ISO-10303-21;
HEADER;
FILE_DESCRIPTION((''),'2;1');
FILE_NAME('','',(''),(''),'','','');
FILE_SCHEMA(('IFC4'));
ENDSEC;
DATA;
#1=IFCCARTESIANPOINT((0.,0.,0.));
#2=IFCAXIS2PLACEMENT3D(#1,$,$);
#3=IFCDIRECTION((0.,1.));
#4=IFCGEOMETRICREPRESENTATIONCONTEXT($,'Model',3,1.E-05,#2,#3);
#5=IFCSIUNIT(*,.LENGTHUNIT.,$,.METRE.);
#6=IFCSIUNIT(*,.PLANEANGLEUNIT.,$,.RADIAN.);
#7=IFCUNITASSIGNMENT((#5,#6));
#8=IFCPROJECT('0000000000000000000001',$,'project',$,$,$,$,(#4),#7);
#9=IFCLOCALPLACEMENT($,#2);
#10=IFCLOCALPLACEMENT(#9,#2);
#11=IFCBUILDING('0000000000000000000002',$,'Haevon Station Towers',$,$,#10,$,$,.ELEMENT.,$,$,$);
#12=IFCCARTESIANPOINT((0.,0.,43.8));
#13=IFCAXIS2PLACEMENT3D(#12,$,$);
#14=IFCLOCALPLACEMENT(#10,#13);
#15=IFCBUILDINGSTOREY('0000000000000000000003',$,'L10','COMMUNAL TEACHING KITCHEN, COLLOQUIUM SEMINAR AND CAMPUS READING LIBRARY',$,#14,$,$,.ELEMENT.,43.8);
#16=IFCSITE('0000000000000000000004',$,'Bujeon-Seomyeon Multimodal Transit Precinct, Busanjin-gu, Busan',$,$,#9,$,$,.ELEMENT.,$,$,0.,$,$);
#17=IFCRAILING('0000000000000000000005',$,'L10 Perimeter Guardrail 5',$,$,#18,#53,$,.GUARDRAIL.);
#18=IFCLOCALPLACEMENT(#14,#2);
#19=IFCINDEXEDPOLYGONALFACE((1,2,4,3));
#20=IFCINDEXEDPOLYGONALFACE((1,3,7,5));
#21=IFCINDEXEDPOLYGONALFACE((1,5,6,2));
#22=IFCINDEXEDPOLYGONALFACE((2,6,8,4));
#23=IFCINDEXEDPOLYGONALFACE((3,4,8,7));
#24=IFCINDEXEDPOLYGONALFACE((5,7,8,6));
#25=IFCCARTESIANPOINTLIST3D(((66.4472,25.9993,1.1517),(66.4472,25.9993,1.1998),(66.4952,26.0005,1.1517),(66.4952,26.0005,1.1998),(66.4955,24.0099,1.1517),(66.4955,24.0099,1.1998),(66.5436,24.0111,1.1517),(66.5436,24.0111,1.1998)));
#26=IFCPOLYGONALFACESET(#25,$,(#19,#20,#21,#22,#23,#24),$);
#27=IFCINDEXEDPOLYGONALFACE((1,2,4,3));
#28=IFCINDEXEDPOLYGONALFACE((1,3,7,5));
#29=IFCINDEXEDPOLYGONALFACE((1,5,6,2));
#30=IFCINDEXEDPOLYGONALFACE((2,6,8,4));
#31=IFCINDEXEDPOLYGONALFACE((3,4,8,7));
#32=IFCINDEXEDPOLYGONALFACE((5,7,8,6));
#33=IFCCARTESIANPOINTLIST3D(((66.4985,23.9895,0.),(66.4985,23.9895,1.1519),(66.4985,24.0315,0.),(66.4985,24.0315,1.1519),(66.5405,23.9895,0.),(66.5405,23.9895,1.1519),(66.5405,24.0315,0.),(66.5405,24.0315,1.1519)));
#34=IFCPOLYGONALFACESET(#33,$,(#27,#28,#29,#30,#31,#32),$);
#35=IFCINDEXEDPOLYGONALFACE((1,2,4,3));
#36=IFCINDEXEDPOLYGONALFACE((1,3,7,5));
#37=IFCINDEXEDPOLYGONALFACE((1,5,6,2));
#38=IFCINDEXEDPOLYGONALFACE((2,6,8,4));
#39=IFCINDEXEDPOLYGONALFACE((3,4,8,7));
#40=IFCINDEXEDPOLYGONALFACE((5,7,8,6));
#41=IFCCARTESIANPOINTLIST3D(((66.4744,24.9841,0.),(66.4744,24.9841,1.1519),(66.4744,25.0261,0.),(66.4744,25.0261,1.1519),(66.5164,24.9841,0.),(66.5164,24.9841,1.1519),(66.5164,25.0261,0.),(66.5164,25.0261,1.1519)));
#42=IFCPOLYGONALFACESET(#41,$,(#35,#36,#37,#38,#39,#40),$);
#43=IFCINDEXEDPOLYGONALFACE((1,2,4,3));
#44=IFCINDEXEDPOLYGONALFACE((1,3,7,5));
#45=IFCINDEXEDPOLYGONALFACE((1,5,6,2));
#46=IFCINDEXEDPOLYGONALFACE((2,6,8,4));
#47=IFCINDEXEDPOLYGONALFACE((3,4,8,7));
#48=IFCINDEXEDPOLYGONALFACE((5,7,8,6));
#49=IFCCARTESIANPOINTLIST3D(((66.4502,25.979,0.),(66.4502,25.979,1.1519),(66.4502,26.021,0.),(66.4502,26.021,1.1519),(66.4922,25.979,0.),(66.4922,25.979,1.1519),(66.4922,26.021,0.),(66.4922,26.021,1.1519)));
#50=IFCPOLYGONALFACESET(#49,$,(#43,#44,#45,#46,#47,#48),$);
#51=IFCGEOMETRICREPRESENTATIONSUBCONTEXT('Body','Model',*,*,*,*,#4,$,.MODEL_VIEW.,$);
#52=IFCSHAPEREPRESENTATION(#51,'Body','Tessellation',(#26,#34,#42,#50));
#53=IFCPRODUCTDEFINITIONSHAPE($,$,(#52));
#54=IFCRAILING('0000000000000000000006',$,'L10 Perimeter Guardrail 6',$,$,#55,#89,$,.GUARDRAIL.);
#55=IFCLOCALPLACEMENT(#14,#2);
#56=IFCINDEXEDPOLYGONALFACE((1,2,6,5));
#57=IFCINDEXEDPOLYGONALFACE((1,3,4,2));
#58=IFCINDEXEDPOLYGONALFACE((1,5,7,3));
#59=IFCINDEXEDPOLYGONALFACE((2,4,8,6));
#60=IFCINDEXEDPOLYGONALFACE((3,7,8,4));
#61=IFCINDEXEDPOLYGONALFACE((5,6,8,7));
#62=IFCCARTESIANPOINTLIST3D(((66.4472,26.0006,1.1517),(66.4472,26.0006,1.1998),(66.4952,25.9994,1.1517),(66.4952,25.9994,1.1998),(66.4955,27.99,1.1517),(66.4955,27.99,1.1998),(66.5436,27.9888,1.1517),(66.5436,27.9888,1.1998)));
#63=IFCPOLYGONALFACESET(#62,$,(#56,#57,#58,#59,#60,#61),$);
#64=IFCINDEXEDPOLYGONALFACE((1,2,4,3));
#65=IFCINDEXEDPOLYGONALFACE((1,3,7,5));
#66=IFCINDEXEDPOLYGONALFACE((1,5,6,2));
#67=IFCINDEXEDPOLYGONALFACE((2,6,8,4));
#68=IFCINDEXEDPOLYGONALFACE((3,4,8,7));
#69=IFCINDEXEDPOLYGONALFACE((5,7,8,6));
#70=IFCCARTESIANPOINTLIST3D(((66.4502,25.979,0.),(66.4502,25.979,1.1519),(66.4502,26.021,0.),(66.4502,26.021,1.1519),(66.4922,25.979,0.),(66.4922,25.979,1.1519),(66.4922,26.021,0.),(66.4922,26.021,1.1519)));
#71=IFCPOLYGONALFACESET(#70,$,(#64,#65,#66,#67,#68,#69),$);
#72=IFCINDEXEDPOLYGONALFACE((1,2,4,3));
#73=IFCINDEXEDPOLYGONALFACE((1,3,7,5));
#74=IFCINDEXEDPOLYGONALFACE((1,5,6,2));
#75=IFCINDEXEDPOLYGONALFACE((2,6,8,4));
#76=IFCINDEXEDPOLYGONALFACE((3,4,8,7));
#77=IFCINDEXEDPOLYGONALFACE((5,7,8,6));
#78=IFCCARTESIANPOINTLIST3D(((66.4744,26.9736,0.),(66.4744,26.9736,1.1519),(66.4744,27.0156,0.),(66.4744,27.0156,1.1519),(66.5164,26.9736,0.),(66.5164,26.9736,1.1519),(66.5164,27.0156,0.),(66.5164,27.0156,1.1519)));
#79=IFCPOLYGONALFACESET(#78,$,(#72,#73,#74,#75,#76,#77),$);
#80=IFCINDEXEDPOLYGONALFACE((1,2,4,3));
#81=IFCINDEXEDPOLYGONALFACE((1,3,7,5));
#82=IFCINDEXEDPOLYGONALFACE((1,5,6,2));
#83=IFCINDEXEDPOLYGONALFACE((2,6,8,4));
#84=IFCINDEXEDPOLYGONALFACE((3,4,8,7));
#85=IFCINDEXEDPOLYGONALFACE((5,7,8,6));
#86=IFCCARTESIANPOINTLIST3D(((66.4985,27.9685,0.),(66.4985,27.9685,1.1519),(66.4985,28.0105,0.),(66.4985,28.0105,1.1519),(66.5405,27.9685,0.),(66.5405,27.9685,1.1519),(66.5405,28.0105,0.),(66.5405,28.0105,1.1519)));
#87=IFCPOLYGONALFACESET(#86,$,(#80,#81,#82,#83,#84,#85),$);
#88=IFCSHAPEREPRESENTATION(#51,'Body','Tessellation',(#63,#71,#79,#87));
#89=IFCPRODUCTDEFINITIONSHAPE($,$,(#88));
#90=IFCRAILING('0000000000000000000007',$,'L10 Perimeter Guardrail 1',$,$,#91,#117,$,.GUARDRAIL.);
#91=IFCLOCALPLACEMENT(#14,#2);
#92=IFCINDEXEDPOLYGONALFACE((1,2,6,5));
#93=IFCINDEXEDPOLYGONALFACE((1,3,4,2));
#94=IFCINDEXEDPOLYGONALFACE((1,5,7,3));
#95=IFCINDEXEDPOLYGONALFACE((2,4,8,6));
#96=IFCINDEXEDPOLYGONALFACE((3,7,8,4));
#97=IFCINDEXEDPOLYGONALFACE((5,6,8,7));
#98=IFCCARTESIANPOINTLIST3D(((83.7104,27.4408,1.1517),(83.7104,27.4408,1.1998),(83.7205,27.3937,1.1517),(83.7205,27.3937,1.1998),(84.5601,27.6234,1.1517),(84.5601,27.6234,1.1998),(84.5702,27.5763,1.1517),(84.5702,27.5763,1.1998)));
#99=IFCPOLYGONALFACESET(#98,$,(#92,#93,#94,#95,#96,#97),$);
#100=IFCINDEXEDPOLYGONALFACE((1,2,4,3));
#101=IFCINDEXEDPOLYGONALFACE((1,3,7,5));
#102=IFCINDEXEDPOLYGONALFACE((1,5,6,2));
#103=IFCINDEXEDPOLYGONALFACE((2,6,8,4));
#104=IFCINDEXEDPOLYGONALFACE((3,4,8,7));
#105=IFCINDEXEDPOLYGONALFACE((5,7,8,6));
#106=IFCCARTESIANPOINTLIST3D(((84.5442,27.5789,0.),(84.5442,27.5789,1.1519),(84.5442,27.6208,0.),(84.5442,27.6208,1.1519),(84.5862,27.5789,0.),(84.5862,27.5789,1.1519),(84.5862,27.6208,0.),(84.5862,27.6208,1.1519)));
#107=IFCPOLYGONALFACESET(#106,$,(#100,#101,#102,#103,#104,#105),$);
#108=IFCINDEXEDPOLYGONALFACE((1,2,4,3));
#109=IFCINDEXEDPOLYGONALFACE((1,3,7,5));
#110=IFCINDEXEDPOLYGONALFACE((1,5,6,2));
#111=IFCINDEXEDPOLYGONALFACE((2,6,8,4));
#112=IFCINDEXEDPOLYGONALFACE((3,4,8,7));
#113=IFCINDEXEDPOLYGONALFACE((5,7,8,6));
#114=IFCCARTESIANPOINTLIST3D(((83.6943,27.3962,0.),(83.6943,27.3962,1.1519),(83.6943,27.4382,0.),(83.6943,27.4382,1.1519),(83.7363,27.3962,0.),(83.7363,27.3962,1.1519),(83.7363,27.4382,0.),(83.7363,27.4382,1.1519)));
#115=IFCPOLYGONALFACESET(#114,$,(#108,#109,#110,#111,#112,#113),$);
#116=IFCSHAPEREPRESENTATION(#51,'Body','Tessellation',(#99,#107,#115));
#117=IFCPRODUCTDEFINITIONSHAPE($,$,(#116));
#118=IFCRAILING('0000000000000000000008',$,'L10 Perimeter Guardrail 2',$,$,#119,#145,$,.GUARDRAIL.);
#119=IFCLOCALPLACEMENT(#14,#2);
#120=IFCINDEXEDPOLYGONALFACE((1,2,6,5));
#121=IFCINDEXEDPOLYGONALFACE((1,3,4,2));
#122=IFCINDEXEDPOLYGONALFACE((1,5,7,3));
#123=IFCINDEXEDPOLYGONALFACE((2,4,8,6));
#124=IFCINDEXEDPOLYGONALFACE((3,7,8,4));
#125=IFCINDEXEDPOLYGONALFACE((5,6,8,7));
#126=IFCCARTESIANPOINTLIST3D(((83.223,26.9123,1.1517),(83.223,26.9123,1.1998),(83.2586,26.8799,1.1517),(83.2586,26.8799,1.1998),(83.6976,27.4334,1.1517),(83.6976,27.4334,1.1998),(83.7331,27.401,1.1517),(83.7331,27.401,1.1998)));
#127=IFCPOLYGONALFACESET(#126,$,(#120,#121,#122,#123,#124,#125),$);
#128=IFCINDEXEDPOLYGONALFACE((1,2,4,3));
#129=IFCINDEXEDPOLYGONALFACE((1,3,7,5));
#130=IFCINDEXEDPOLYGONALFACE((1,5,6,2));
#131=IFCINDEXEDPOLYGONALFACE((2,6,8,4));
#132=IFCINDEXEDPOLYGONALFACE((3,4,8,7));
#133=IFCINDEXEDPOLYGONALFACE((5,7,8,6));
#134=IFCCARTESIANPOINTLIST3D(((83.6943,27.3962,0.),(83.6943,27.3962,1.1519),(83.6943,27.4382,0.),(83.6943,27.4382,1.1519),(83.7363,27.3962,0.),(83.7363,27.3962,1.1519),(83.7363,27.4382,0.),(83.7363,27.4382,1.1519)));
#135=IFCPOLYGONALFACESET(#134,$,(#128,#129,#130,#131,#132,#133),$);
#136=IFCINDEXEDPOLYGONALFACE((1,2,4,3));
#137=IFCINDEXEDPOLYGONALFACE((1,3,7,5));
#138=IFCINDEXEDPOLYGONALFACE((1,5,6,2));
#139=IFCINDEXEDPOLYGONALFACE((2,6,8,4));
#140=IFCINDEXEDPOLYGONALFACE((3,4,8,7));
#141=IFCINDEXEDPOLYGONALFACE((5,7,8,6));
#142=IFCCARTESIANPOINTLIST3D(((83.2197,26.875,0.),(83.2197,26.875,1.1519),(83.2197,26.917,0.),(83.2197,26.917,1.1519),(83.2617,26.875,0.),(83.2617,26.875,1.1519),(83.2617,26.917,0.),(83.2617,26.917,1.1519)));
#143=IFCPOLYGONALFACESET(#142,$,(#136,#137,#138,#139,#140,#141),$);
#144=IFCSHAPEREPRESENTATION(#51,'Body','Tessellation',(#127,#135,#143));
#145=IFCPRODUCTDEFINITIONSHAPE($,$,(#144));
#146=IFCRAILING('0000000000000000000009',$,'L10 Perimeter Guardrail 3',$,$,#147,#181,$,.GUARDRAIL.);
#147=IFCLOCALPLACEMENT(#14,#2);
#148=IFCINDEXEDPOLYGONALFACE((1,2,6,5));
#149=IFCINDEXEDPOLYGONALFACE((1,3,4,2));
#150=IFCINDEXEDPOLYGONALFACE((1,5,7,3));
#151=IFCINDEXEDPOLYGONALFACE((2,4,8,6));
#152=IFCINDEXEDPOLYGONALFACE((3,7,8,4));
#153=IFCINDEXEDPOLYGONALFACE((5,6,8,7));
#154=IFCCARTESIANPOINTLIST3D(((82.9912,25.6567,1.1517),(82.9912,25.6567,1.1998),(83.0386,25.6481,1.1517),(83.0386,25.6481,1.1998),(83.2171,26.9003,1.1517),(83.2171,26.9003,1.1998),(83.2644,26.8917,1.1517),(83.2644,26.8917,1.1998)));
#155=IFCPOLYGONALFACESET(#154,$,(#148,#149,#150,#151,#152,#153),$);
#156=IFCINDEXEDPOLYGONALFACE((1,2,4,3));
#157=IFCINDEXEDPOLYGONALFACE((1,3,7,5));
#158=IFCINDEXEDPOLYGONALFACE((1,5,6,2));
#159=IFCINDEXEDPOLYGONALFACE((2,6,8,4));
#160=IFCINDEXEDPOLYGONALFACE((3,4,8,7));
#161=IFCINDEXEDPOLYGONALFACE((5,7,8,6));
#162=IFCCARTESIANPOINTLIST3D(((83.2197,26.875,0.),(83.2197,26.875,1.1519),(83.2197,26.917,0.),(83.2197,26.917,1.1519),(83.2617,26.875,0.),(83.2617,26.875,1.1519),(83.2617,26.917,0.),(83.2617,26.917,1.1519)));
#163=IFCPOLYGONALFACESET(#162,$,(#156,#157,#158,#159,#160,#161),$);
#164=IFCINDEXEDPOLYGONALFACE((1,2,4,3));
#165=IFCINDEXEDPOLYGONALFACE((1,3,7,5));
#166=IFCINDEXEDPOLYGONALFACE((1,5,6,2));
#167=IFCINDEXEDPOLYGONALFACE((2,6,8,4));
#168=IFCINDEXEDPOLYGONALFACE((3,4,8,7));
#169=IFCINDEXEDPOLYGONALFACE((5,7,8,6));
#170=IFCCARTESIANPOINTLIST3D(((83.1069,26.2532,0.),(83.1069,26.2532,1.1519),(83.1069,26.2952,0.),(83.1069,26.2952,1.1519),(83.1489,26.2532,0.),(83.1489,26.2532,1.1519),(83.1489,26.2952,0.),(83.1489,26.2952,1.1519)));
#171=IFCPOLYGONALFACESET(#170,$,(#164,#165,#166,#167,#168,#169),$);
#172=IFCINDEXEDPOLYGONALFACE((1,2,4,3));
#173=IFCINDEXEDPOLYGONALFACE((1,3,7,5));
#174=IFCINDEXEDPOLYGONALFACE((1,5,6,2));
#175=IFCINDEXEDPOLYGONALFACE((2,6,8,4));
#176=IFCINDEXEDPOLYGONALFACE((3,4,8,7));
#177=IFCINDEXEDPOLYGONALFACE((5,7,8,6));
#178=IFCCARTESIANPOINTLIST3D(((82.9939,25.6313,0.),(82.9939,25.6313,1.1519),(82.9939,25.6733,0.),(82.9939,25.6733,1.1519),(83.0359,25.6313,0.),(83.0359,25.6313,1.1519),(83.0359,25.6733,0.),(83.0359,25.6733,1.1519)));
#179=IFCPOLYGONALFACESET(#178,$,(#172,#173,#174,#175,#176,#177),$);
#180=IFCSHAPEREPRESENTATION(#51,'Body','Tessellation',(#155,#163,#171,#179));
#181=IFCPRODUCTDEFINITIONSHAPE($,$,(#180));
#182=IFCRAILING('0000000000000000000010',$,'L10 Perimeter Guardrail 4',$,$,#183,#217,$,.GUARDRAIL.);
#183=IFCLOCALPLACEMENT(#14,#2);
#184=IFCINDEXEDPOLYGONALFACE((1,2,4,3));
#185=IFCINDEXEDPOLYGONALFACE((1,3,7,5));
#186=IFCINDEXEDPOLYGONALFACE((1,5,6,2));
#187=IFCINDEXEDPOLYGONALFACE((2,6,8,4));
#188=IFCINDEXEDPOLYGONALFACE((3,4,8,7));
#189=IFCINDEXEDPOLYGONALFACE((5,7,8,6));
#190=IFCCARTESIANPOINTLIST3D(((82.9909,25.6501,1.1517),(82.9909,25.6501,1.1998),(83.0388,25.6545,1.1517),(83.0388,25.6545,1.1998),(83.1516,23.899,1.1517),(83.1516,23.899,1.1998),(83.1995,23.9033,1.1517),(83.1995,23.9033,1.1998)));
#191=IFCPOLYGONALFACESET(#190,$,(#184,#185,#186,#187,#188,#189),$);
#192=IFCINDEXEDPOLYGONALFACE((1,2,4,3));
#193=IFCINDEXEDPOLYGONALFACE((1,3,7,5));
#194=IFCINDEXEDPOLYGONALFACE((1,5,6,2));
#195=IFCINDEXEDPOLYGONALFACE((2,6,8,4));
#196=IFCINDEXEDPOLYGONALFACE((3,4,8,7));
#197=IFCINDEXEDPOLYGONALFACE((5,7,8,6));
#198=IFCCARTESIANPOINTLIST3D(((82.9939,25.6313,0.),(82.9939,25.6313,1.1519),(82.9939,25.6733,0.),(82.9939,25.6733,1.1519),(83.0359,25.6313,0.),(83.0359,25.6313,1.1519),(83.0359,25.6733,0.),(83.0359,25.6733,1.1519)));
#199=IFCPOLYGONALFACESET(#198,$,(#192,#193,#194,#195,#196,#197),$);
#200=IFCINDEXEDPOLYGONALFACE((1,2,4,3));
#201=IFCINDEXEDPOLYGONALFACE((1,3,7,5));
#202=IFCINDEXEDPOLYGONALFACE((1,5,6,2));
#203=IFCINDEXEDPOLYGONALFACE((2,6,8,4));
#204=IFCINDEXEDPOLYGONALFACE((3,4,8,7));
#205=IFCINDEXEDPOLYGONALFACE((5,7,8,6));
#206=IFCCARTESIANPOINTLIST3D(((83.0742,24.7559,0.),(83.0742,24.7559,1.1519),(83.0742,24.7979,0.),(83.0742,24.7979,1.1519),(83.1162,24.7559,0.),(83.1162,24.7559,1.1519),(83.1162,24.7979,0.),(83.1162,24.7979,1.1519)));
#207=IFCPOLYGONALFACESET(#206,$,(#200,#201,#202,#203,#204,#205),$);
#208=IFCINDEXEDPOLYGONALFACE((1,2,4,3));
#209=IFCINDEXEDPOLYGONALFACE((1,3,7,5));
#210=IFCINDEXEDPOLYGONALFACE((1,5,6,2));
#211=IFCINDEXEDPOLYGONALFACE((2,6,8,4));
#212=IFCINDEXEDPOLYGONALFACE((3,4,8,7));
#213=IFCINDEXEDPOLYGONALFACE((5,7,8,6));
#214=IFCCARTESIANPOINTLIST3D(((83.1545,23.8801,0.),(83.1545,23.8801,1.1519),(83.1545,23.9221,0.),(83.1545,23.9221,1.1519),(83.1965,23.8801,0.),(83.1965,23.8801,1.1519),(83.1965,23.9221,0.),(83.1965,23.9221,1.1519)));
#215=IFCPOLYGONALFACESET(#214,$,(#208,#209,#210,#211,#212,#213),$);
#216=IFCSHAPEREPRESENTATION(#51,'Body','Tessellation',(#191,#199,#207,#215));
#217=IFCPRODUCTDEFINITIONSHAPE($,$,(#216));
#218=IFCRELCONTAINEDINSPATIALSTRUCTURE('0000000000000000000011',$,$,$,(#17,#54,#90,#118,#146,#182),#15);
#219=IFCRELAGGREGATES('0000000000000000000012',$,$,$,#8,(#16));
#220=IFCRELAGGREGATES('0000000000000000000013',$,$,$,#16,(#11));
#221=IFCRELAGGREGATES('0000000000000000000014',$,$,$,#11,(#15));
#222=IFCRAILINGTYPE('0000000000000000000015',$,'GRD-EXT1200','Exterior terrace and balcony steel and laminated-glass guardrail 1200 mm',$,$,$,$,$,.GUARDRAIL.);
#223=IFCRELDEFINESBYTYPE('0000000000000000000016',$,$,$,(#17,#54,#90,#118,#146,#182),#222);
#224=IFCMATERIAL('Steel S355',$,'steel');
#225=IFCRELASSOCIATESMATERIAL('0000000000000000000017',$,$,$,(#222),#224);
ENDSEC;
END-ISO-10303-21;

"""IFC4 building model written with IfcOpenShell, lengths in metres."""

from ifc_helpers import new_model, si_unit, direction, frame, origin, origin_2d, place, context, subcontext, project, spatial, rectangle, extrude, material, type_object, element, save


model = new_model("IFC4")

# Units and contexts
model_context = context("Model", 3, precision=1e-05, world=origin(), true_north=direction((0.0, 1.0)))
body_context = subcontext(model_context, "Body", "Model", "MODEL_VIEW")
ifc_project = project(units=[si_unit("LENGTHUNIT", "METRE"), si_unit("PLANEANGLEUNIT", "RADIAN")], contexts=[model_context])

# Site, building, storey
site_placement = place(None, origin())
site = spatial("IfcSite", under=ifc_project, at=site_placement, Name="Bujeon-Seomyeon Multimodal Transit Precinct, Busanjin-gu, Busan", CompositionType="ELEMENT", RefElevation=0.0)
building_placement = place(site_placement, origin())
building = spatial("IfcBuilding", under=site, at=building_placement, Name="Haevon Station Towers", CompositionType="ELEMENT")
storey_placement = place(building_placement, frame((0.0, 0.0, 43.8)))
storey = spatial("IfcBuildingStorey", under=building, at=storey_placement, Name="L10", Description="COMMUNAL TEACHING KITCHEN, COLLOQUIUM SEMINAR AND CAMPUS READING LIBRARY", CompositionType="ELEMENT", Elevation=43.8)

# Shared definitions
ifc_material_1 = material(Name="Steel S355", Category="steel")

# Railings
railing_type = type_object("IfcRailingType", Name="GRD-EXT1200", Description="Exterior terrace and balcony steel and laminated-glass guardrail 1200 mm", PredefinedType="GUARDRAIL", material=ifc_material_1)
railing_1_placement = place(storey_placement, frame((66.5195, 24.0105, 0.0)))
element("IfcRailing", 1, at=railing_1_placement, inside=storey, type_object=railing_type, Name="L10 Perimeter Guardrail 5", PredefinedType="GUARDRAIL", context=body_context, shape_type="SweptSolid", body=[
    extrude(rectangle(XDim=0.0481, YDim=0.0481, at=origin_2d()), frame((0.0, 0.0, 1.1758), z_axis=(-0.02429, 0.999705, 0.0), x_axis=(-0.999705, -0.02429, 0.0)), (0.0, 0.0, 1.0), 1.99),
    extrude(rectangle(XDim=0.042, YDim=0.042, at=origin_2d()), origin(), (0.0, 0.0, 1.0), 1.1519),
    extrude(rectangle(XDim=0.042, YDim=0.042, at=origin_2d()), frame((-0.0242, 0.9946, 0.0)), (0.0, 0.0, 1.0), 1.1519),
    extrude(rectangle(XDim=0.042, YDim=0.042, at=origin_2d()), frame((-0.0483, 1.9895, 0.0)), (0.0, 0.0, 1.0), 1.1519),
])
railing_2_placement = place(storey_placement, frame((66.4712, 26.0, 0.0)))
element("IfcRailing", 2, at=railing_2_placement, inside=storey, type_object=railing_type, Name="L10 Perimeter Guardrail 6", PredefinedType="GUARDRAIL", context=body_context, shape_type="SweptSolid", body=[
    extrude(rectangle(XDim=0.0481, YDim=0.0481, at=origin_2d()), frame((0.0, 0.0, 1.1758), z_axis=(0.02429, 0.999705, 0.0), x_axis=(-0.999705, 0.02429, 0.0)), (0.0, 0.0, 1.0), 1.99),
    extrude(rectangle(XDim=0.042, YDim=0.042, at=origin_2d()), origin(), (0.0, 0.0, 1.0), 1.1519),
    extrude(rectangle(XDim=0.042, YDim=0.042, at=origin_2d()), frame((0.0242, 0.9946, 0.0)), (0.0, 0.0, 1.0), 1.1519),
    extrude(rectangle(XDim=0.042, YDim=0.042, at=origin_2d()), frame((0.0483, 1.9895, 0.0)), (0.0, 0.0, 1.0), 1.1519),
])
railing_3_placement = place(storey_placement, frame((84.5652, 27.5999, 0.0)))
element("IfcRailing", 3, at=railing_3_placement, inside=storey, type_object=railing_type, Name="L10 Perimeter Guardrail 1", PredefinedType="GUARDRAIL", context=body_context, shape_type="SweptSolid", body=[
    extrude(rectangle(XDim=0.0481, YDim=0.0481, at=origin_2d()), frame((0.0, 0.0, 1.1758), z_axis=(-0.977683, -0.210085, 0.0), x_axis=(0.210085, -0.977683, 0.0)), (0.0, 0.0, 1.0), 0.8691),
    extrude(rectangle(XDim=0.042, YDim=0.042, at=origin_2d()), origin(), (0.0, 0.0, 1.0), 1.1519),
    extrude(rectangle(XDim=0.042, YDim=0.042, at=origin_2d()), frame((-0.8499, -0.1826, 0.0)), (0.0, 0.0, 1.0), 1.1519),
])
railing_4_placement = place(storey_placement, frame((83.7153, 27.4172, 0.0)))
element("IfcRailing", 4, at=railing_4_placement, inside=storey, type_object=railing_type, Name="L10 Perimeter Guardrail 2", PredefinedType="GUARDRAIL", context=body_context, shape_type="SweptSolid", body=[
    extrude(rectangle(XDim=0.0481, YDim=0.0481, at=origin_2d()), frame((0.0, 0.0, 1.1758), z_axis=(-0.673259, -0.739407, 0.0), x_axis=(0.739407, -0.673259, 0.0)), (0.0, 0.0, 1.0), 0.7048),
    extrude(rectangle(XDim=0.042, YDim=0.042, at=origin_2d()), origin(), (0.0, 0.0, 1.0), 1.1519),
    extrude(rectangle(XDim=0.042, YDim=0.042, at=origin_2d()), frame((-0.4746, -0.5212, 0.0)), (0.0, 0.0, 1.0), 1.1519),
])
railing_5_placement = place(storey_placement, frame((83.2407, 26.896, 0.0)))
element("IfcRailing", 5, at=railing_5_placement, inside=storey, type_object=railing_type, Name="L10 Perimeter Guardrail 3", PredefinedType="GUARDRAIL", context=body_context, shape_type="SweptSolid", body=[
    extrude(rectangle(XDim=0.0481, YDim=0.0481, at=origin_2d()), frame((0.0, 0.0, 1.1758), z_axis=(-0.178664, -0.98391, 0.0), x_axis=(0.98391, -0.178664, 0.0)), (0.0, 0.0, 1.0), 1.2639),
    extrude(rectangle(XDim=0.042, YDim=0.042, at=origin_2d()), origin(), (0.0, 0.0, 1.0), 1.1519),
    extrude(rectangle(XDim=0.042, YDim=0.042, at=origin_2d()), frame((-0.1128, -0.6218, 0.0)), (0.0, 0.0, 1.0), 1.1519),
    extrude(rectangle(XDim=0.042, YDim=0.042, at=origin_2d()), frame((-0.2258, -1.2437, 0.0)), (0.0, 0.0, 1.0), 1.1519),
])
railing_6_placement = place(storey_placement, frame((83.0149, 25.6523, 0.0)))
element("IfcRailing", 6, at=railing_6_placement, inside=storey, type_object=railing_type, Name="L10 Perimeter Guardrail 4", PredefinedType="GUARDRAIL", context=body_context, shape_type="SweptSolid", body=[
    extrude(rectangle(XDim=0.0481, YDim=0.0481, at=origin_2d()), frame((0.0, 0.0, 1.1758), z_axis=(0.091349, -0.995819, 0.0), x_axis=(0.995819, 0.091349, 0.0)), (0.0, 0.0, 1.0), 1.7585),
    extrude(rectangle(XDim=0.042, YDim=0.042, at=origin_2d()), origin(), (0.0, 0.0, 1.0), 1.1519),
    extrude(rectangle(XDim=0.042, YDim=0.042, at=origin_2d()), frame((0.0803, -0.8755, 0.0)), (0.0, 0.0, 1.0), 1.1519),
    extrude(rectangle(XDim=0.042, YDim=0.042, at=origin_2d()), frame((0.1606, -1.7512, 0.0)), (0.0, 0.0, 1.0), 1.1519),
])

save(model, "model.ifc")
